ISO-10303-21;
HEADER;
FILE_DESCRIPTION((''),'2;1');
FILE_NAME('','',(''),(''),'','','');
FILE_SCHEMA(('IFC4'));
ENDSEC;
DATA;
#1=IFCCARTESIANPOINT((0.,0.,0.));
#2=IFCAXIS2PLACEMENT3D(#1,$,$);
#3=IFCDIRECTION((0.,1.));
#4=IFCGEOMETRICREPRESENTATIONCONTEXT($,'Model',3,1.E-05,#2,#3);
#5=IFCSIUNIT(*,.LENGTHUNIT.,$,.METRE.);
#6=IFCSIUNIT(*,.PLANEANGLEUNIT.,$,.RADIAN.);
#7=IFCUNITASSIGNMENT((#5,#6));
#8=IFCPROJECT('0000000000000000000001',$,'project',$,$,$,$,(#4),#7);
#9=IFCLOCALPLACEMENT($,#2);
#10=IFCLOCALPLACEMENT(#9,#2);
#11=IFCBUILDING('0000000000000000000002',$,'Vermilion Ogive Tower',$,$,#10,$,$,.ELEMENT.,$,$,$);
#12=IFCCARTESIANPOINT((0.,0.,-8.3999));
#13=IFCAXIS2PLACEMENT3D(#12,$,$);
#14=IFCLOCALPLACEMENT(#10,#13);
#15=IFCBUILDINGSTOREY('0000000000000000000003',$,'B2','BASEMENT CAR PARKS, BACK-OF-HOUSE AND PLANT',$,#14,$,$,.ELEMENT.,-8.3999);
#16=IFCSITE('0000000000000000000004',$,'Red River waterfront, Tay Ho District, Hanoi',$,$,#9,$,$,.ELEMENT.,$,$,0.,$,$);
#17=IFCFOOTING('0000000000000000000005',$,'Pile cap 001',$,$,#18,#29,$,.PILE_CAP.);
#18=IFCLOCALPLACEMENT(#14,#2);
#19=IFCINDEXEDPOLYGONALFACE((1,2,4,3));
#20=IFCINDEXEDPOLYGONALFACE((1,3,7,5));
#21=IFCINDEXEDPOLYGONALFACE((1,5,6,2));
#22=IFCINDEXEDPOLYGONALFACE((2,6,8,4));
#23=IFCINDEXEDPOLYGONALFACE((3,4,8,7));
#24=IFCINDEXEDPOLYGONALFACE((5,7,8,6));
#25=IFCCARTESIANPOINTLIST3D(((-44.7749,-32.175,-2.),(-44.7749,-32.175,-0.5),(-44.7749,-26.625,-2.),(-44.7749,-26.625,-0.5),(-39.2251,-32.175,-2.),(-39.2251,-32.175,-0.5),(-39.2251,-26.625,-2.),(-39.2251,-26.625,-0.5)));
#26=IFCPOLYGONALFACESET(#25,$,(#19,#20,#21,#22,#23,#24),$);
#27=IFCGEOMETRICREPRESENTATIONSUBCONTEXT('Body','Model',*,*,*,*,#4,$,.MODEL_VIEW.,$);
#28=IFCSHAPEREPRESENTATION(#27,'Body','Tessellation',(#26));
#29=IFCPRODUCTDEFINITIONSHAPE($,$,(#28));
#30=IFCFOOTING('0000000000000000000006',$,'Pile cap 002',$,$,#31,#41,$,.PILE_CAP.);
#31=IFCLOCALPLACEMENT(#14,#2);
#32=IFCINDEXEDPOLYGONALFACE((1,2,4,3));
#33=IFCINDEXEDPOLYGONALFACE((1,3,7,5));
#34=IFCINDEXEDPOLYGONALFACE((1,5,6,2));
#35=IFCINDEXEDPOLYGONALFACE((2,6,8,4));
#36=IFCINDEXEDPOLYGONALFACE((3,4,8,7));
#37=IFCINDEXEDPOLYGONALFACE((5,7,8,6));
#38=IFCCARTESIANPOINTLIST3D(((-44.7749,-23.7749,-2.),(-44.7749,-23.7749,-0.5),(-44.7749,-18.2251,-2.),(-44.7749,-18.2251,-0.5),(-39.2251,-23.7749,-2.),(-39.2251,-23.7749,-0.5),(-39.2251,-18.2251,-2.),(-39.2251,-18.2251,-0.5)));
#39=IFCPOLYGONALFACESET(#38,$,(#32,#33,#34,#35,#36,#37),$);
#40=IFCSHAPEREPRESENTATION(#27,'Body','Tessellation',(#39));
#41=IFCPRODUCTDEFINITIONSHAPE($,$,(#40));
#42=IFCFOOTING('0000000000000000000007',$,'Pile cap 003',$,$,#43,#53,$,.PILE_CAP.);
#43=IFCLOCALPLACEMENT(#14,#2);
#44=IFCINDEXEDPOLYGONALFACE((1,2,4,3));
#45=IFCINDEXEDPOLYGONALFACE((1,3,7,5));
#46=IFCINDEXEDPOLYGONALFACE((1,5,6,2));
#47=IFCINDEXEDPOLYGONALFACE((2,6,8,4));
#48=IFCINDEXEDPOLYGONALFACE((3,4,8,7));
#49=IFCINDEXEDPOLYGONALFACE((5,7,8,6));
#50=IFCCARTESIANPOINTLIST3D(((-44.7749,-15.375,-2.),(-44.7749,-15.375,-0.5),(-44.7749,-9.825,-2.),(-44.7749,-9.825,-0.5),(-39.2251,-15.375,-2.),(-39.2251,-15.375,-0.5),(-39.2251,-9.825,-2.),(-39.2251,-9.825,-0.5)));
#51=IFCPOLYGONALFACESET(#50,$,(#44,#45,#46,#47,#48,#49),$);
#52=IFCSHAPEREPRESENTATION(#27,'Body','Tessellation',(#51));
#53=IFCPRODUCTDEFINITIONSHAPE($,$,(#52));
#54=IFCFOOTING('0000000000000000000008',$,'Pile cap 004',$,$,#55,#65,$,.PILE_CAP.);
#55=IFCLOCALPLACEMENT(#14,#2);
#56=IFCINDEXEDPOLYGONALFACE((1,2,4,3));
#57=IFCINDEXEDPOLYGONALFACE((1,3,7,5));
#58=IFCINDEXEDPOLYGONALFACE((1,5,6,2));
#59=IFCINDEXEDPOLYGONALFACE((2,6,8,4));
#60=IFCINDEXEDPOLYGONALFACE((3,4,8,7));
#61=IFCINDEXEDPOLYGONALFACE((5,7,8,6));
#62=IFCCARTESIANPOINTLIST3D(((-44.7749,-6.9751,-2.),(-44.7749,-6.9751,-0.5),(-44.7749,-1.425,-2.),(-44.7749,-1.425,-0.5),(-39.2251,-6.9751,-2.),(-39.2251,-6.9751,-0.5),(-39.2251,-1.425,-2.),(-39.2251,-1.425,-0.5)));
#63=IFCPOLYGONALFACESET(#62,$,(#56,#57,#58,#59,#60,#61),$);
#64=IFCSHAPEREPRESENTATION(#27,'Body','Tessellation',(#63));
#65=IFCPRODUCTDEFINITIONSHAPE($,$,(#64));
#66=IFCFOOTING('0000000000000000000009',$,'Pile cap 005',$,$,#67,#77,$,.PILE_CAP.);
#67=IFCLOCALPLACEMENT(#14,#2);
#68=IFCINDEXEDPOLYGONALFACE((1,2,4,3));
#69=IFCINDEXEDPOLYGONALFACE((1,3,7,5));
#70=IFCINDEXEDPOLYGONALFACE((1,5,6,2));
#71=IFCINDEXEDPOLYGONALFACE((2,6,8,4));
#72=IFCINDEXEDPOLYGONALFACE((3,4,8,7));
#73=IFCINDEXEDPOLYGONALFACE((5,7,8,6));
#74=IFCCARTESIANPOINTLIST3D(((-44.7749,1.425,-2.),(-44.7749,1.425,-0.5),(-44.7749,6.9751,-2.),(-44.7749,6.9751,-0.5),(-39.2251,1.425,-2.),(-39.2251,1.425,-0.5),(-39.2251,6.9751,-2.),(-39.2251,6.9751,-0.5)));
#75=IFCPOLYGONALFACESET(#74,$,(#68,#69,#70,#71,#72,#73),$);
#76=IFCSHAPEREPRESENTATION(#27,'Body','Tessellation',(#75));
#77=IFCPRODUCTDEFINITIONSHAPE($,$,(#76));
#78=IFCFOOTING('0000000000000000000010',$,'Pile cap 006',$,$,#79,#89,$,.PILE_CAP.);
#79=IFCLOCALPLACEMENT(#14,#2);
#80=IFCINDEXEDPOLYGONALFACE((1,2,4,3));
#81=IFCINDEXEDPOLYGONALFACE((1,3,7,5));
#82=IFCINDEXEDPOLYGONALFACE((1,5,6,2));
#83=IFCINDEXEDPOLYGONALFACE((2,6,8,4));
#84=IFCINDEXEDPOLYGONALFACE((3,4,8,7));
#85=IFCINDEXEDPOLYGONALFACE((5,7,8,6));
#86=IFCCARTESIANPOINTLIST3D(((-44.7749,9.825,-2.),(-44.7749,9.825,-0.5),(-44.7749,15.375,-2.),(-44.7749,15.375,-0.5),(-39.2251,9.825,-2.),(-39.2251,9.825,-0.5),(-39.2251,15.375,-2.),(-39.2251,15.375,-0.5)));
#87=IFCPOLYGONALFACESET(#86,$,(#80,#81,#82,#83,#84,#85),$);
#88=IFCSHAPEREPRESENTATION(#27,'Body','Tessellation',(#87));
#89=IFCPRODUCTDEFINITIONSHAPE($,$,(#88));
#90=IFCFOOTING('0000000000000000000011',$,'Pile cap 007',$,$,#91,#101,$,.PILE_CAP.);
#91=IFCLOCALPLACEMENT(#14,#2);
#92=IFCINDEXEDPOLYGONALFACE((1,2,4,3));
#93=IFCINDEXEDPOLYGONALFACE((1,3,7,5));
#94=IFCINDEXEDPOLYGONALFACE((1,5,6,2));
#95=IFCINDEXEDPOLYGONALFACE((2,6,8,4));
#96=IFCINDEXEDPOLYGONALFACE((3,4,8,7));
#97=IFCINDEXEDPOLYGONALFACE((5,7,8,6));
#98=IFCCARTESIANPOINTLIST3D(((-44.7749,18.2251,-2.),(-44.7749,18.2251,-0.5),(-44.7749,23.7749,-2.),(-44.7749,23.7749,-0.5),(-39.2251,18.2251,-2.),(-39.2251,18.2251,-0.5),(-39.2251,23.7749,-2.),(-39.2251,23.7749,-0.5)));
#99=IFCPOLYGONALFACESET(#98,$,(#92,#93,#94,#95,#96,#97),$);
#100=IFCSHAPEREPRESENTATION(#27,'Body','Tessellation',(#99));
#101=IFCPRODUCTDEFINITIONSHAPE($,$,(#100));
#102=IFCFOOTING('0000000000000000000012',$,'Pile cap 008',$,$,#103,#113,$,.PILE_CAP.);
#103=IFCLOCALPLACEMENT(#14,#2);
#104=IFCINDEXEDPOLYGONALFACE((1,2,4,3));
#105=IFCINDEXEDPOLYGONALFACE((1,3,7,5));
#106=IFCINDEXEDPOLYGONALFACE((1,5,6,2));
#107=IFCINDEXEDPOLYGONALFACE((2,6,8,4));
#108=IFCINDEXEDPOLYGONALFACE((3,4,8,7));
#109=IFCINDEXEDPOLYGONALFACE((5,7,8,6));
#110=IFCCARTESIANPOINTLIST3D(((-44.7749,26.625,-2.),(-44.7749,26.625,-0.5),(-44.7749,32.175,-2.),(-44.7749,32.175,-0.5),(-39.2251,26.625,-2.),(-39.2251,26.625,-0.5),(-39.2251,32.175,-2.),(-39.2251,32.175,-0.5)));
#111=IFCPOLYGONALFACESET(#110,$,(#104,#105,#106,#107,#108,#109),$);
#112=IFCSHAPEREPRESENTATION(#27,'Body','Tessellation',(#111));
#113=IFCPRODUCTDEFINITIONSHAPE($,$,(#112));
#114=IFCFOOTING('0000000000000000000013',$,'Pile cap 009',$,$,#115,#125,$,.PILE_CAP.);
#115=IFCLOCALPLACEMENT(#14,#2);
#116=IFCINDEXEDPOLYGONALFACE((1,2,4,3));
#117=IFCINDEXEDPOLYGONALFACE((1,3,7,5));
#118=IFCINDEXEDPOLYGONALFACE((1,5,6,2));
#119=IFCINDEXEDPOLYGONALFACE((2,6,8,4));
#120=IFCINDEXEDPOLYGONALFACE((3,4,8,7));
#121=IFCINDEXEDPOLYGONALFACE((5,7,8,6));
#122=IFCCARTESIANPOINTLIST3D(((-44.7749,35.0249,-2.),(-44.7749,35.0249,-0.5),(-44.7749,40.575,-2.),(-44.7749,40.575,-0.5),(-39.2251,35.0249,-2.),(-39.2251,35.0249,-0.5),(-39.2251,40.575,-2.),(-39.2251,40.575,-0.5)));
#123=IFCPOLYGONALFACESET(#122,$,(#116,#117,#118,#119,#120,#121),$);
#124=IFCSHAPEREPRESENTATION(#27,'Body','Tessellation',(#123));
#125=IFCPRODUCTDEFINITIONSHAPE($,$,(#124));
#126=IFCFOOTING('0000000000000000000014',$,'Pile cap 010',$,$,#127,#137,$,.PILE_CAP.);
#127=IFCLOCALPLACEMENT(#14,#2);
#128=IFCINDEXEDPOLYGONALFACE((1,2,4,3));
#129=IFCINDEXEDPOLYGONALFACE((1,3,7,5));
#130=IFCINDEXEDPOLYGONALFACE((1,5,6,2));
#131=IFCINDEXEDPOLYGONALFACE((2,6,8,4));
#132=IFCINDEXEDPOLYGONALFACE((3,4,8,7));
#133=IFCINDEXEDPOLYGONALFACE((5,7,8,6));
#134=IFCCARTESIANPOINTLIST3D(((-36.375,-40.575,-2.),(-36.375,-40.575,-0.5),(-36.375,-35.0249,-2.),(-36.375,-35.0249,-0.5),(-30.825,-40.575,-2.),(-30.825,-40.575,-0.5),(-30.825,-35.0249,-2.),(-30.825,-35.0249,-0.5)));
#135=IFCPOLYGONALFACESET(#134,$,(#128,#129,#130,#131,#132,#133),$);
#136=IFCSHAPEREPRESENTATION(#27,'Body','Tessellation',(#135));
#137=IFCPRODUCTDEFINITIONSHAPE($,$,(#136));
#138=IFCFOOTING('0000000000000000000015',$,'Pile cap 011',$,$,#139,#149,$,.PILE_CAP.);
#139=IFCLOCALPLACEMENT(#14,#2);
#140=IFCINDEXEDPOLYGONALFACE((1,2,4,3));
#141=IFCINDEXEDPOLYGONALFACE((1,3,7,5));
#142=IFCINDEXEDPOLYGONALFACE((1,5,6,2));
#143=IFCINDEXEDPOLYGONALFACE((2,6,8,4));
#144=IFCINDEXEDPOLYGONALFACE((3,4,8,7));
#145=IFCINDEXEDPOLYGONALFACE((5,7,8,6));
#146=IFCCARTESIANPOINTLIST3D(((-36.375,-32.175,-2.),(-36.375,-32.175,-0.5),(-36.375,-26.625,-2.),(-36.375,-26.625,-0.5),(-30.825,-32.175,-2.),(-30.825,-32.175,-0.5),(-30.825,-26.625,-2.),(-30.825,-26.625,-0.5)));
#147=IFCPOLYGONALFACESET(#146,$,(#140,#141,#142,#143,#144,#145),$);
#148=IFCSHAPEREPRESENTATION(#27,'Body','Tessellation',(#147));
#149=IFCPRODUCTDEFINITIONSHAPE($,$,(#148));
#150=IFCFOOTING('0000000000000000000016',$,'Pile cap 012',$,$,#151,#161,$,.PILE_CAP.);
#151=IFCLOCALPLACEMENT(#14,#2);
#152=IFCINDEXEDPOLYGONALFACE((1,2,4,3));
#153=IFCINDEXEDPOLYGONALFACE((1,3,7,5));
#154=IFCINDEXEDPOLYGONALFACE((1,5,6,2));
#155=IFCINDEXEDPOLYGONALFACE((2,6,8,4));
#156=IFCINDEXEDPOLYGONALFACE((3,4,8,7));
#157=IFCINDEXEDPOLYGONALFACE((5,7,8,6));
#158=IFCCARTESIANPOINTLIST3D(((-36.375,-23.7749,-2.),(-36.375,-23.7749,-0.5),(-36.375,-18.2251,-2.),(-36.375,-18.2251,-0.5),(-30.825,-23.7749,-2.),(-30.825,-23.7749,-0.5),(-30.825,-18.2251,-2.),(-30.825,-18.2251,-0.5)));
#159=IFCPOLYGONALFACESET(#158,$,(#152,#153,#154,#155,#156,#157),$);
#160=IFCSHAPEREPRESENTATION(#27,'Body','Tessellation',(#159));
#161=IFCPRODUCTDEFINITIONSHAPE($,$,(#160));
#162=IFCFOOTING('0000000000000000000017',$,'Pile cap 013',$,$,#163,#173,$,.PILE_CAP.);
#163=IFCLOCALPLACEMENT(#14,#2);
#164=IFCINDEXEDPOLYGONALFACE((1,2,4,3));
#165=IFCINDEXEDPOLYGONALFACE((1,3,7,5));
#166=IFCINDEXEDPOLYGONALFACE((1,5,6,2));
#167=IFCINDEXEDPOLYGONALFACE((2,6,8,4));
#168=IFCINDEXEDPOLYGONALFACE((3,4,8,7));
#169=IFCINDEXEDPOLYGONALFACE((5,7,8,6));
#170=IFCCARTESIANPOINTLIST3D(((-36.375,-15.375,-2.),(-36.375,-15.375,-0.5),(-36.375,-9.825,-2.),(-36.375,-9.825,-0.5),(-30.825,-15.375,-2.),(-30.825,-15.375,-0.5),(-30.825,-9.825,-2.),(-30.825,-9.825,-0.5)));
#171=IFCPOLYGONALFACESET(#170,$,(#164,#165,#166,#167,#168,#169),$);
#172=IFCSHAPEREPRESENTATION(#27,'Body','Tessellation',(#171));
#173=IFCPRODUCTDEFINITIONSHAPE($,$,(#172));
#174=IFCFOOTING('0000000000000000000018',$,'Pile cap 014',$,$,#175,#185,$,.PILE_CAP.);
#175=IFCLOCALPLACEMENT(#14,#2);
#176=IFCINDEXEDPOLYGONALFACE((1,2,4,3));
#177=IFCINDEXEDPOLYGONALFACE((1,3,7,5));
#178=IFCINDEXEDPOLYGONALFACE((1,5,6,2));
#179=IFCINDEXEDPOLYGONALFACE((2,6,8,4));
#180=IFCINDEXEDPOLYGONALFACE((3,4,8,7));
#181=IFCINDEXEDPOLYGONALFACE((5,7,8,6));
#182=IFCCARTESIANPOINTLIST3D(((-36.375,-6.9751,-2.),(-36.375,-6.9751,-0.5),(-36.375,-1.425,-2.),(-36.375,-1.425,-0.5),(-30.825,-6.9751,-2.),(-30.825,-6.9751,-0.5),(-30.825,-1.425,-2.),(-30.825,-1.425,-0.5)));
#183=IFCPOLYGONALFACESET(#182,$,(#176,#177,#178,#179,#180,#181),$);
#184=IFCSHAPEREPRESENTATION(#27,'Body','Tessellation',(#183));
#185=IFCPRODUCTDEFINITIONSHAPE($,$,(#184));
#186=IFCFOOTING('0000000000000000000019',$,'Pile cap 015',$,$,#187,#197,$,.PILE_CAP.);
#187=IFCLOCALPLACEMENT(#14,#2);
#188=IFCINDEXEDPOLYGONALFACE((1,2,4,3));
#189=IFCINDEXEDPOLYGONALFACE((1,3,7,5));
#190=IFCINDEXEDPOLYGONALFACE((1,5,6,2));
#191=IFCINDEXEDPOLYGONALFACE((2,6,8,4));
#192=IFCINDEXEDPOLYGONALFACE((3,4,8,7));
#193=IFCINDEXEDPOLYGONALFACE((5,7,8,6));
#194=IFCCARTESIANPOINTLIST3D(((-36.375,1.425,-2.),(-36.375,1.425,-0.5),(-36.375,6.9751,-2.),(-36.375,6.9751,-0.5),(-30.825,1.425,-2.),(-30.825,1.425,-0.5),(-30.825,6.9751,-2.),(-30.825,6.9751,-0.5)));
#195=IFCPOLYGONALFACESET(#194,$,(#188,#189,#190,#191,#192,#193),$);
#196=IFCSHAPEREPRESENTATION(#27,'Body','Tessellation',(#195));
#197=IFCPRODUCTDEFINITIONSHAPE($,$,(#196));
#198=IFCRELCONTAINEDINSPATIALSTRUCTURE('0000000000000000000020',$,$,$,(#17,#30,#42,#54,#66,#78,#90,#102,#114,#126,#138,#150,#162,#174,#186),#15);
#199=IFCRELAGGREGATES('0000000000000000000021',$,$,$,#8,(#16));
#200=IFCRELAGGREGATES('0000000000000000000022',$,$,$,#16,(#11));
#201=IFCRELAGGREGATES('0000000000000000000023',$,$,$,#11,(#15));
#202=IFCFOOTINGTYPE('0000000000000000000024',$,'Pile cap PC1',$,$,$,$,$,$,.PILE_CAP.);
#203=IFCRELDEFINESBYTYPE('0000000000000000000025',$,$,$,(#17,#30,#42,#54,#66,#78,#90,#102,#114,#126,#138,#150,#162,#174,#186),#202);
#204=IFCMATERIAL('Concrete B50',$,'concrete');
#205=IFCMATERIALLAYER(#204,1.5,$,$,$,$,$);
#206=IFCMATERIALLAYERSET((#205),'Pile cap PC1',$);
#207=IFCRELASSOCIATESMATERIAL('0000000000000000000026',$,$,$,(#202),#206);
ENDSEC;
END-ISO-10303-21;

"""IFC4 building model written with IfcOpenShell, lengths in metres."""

from ifc_helpers import new_model, si_unit, direction, frame, origin, place, context, subcontext, project, spatial, polyline, outline, extrude, material, layer, layer_set, type_object, element, save


model = new_model("IFC4")

# Units and contexts
model_context = context("Model", 3, precision=1e-05, world=origin(), true_north=direction((0.0, 1.0)))
body_context = subcontext(model_context, "Body", "Model", "MODEL_VIEW")
ifc_project = project(units=[si_unit("LENGTHUNIT", "METRE"), si_unit("PLANEANGLEUNIT", "RADIAN")], contexts=[model_context])

# Site, building, storey
site_placement = place(None, origin())
site = spatial("IfcSite", under=ifc_project, at=site_placement, Name="Red River waterfront, Tay Ho District, Hanoi", CompositionType="ELEMENT", RefElevation=0.0)
building_placement = place(site_placement, origin())
building = spatial("IfcBuilding", under=site, at=building_placement, Name="Vermilion Ogive Tower", CompositionType="ELEMENT")
storey_placement = place(building_placement, frame((0.0, 0.0, -8.3999)))
storey = spatial("IfcBuildingStorey", under=building, at=storey_placement, Name="B2", Description="BASEMENT CAR PARKS, BACK-OF-HOUSE AND PLANT", CompositionType="ELEMENT", Elevation=-8.3999)

# Footings
ifc_material = material(Name="Concrete B50", Category="concrete")
ifc_layer = layer(ifc_material, 1.5)
ifc_layer_set = layer_set([ifc_layer], Name="Pile cap PC1")
footing_type = type_object("IfcFootingType", Name="Pile cap PC1", PredefinedType="PILE_CAP", material=ifc_layer_set)
footing_1_placement = place(storey_placement, frame((0.0, 0.0, -2.0)))
element("IfcFooting", 1, at=footing_1_placement, inside=storey, type_object=footing_type, Name="Pile cap 001", PredefinedType="PILE_CAP", context=body_context, shape_type="SweptSolid", body=[
    extrude(outline(polyline([(-44.7749, -32.175), (-39.2251, -32.175), (-39.2251, -26.625), (-44.7749, -26.625), (-44.7749, -32.175)])), origin(), (0.0, 0.0, 1.0), 1.5),
])
footing_2_placement = place(storey_placement, frame((0.0, 0.0, -2.0)))
element("IfcFooting", 2, at=footing_2_placement, inside=storey, type_object=footing_type, Name="Pile cap 002", PredefinedType="PILE_CAP", context=body_context, shape_type="SweptSolid", body=[
    extrude(outline(polyline([(-44.7749, -23.7749), (-39.2251, -23.7749), (-39.2251, -18.2251), (-44.7749, -18.2251), (-44.7749, -23.7749)])), origin(), (0.0, 0.0, 1.0), 1.5),
])
footing_3_placement = place(storey_placement, frame((0.0, 0.0, -2.0)))
element("IfcFooting", 3, at=footing_3_placement, inside=storey, type_object=footing_type, Name="Pile cap 003", PredefinedType="PILE_CAP", context=body_context, shape_type="SweptSolid", body=[
    extrude(outline(polyline([(-44.7749, -15.375), (-39.2251, -15.375), (-39.2251, -9.825), (-44.7749, -9.825), (-44.7749, -15.375)])), origin(), (0.0, 0.0, 1.0), 1.5),
])
footing_4_placement = place(storey_placement, frame((0.0, 0.0, -2.0)))
element("IfcFooting", 4, at=footing_4_placement, inside=storey, type_object=footing_type, Name="Pile cap 004", PredefinedType="PILE_CAP", context=body_context, shape_type="SweptSolid", body=[
    extrude(outline(polyline([(-44.7749, -6.9751), (-39.2251, -6.9751), (-39.2251, -1.425), (-44.7749, -1.425), (-44.7749, -6.9751)])), origin(), (0.0, 0.0, 1.0), 1.5),
])
footing_5_placement = place(storey_placement, frame((0.0, 0.0, -2.0)))
element("IfcFooting", 5, at=footing_5_placement, inside=storey, type_object=footing_type, Name="Pile cap 005", PredefinedType="PILE_CAP", context=body_context, shape_type="SweptSolid", body=[
    extrude(outline(polyline([(-44.7749, 1.425), (-39.2251, 1.425), (-39.2251, 6.9751), (-44.7749, 6.9751), (-44.7749, 1.425)])), origin(), (0.0, 0.0, 1.0), 1.5),
])
footing_6_placement = place(storey_placement, frame((0.0, 0.0, -2.0)))
element("IfcFooting", 6, at=footing_6_placement, inside=storey, type_object=footing_type, Name="Pile cap 006", PredefinedType="PILE_CAP", context=body_context, shape_type="SweptSolid", body=[
    extrude(outline(polyline([(-44.7749, 9.825), (-39.2251, 9.825), (-39.2251, 15.375), (-44.7749, 15.375), (-44.7749, 9.825)])), origin(), (0.0, 0.0, 1.0), 1.5),
])
footing_7_placement = place(storey_placement, frame((0.0, 0.0, -2.0)))
element("IfcFooting", 7, at=footing_7_placement, inside=storey, type_object=footing_type, Name="Pile cap 007", PredefinedType="PILE_CAP", context=body_context, shape_type="SweptSolid", body=[
    extrude(outline(polyline([(-44.7749, 18.2251), (-39.2251, 18.2251), (-39.2251, 23.7749), (-44.7749, 23.7749), (-44.7749, 18.2251)])), origin(), (0.0, 0.0, 1.0), 1.5),
])
footing_8_placement = place(storey_placement, frame((0.0, 0.0, -2.0)))
element("IfcFooting", 8, at=footing_8_placement, inside=storey, type_object=footing_type, Name="Pile cap 008", PredefinedType="PILE_CAP", context=body_context, shape_type="SweptSolid", body=[
    extrude(outline(polyline([(-44.7749, 26.625), (-39.2251, 26.625), (-39.2251, 32.175), (-44.7749, 32.175), (-44.7749, 26.625)])), origin(), (0.0, 0.0, 1.0), 1.5),
])
footing_9_placement = place(storey_placement, frame((0.0, 0.0, -2.0)))
element("IfcFooting", 9, at=footing_9_placement, inside=storey, type_object=footing_type, Name="Pile cap 009", PredefinedType="PILE_CAP", context=body_context, shape_type="SweptSolid", body=[
    extrude(outline(polyline([(-44.7749, 35.0249), (-39.2251, 35.0249), (-39.2251, 40.575), (-44.7749, 40.575), (-44.7749, 35.0249)])), origin(), (0.0, 0.0, 1.0), 1.5),
])
footing_10_placement = place(storey_placement, frame((0.0, 0.0, -2.0)))
element("IfcFooting", 10, at=footing_10_placement, inside=storey, type_object=footing_type, Name="Pile cap 010", PredefinedType="PILE_CAP", context=body_context, shape_type="SweptSolid", body=[
    extrude(outline(polyline([(-36.375, -40.575), (-30.825, -40.575), (-30.825, -35.0249), (-36.375, -35.0249), (-36.375, -40.575)])), origin(), (0.0, 0.0, 1.0), 1.5),
])
footing_11_placement = place(storey_placement, frame((0.0, 0.0, -2.0)))
element("IfcFooting", 11, at=footing_11_placement, inside=storey, type_object=footing_type, Name="Pile cap 011", PredefinedType="PILE_CAP", context=body_context, shape_type="SweptSolid", body=[
    extrude(outline(polyline([(-36.375, -32.175), (-30.825, -32.175), (-30.825, -26.625), (-36.375, -26.625), (-36.375, -32.175)])), origin(), (0.0, 0.0, 1.0), 1.5),
])
footing_12_placement = place(storey_placement, frame((0.0, 0.0, -2.0)))
element("IfcFooting", 12, at=footing_12_placement, inside=storey, type_object=footing_type, Name="Pile cap 012", PredefinedType="PILE_CAP", context=body_context, shape_type="SweptSolid", body=[
    extrude(outline(polyline([(-36.375, -23.7749), (-30.825, -23.7749), (-30.825, -18.2251), (-36.375, -18.2251), (-36.375, -23.7749)])), origin(), (0.0, 0.0, 1.0), 1.5),
])
footing_13_placement = place(storey_placement, frame((0.0, 0.0, -2.0)))
element("IfcFooting", 13, at=footing_13_placement, inside=storey, type_object=footing_type, Name="Pile cap 013", PredefinedType="PILE_CAP", context=body_context, shape_type="SweptSolid", body=[
    extrude(outline(polyline([(-36.375, -15.375), (-30.825, -15.375), (-30.825, -9.825), (-36.375, -9.825), (-36.375, -15.375)])), origin(), (0.0, 0.0, 1.0), 1.5),
])
footing_14_placement = place(storey_placement, frame((0.0, 0.0, -2.0)))
element("IfcFooting", 14, at=footing_14_placement, inside=storey, type_object=footing_type, Name="Pile cap 014", PredefinedType="PILE_CAP", context=body_context, shape_type="SweptSolid", body=[
    extrude(outline(polyline([(-36.375, -6.9751), (-30.825, -6.9751), (-30.825, -1.425), (-36.375, -1.425), (-36.375, -6.9751)])), origin(), (0.0, 0.0, 1.0), 1.5),
])
footing_15_placement = place(storey_placement, frame((0.0, 0.0, -2.0)))
element("IfcFooting", 15, at=footing_15_placement, inside=storey, type_object=footing_type, Name="Pile cap 015", PredefinedType="PILE_CAP", context=body_context, shape_type="SweptSolid", body=[
    extrude(outline(polyline([(-36.375, 1.425), (-30.825, 1.425), (-30.825, 6.9751), (-36.375, 6.9751), (-36.375, 1.425)])), origin(), (0.0, 0.0, 1.0), 1.5),
])

save(model, "model.ifc")
